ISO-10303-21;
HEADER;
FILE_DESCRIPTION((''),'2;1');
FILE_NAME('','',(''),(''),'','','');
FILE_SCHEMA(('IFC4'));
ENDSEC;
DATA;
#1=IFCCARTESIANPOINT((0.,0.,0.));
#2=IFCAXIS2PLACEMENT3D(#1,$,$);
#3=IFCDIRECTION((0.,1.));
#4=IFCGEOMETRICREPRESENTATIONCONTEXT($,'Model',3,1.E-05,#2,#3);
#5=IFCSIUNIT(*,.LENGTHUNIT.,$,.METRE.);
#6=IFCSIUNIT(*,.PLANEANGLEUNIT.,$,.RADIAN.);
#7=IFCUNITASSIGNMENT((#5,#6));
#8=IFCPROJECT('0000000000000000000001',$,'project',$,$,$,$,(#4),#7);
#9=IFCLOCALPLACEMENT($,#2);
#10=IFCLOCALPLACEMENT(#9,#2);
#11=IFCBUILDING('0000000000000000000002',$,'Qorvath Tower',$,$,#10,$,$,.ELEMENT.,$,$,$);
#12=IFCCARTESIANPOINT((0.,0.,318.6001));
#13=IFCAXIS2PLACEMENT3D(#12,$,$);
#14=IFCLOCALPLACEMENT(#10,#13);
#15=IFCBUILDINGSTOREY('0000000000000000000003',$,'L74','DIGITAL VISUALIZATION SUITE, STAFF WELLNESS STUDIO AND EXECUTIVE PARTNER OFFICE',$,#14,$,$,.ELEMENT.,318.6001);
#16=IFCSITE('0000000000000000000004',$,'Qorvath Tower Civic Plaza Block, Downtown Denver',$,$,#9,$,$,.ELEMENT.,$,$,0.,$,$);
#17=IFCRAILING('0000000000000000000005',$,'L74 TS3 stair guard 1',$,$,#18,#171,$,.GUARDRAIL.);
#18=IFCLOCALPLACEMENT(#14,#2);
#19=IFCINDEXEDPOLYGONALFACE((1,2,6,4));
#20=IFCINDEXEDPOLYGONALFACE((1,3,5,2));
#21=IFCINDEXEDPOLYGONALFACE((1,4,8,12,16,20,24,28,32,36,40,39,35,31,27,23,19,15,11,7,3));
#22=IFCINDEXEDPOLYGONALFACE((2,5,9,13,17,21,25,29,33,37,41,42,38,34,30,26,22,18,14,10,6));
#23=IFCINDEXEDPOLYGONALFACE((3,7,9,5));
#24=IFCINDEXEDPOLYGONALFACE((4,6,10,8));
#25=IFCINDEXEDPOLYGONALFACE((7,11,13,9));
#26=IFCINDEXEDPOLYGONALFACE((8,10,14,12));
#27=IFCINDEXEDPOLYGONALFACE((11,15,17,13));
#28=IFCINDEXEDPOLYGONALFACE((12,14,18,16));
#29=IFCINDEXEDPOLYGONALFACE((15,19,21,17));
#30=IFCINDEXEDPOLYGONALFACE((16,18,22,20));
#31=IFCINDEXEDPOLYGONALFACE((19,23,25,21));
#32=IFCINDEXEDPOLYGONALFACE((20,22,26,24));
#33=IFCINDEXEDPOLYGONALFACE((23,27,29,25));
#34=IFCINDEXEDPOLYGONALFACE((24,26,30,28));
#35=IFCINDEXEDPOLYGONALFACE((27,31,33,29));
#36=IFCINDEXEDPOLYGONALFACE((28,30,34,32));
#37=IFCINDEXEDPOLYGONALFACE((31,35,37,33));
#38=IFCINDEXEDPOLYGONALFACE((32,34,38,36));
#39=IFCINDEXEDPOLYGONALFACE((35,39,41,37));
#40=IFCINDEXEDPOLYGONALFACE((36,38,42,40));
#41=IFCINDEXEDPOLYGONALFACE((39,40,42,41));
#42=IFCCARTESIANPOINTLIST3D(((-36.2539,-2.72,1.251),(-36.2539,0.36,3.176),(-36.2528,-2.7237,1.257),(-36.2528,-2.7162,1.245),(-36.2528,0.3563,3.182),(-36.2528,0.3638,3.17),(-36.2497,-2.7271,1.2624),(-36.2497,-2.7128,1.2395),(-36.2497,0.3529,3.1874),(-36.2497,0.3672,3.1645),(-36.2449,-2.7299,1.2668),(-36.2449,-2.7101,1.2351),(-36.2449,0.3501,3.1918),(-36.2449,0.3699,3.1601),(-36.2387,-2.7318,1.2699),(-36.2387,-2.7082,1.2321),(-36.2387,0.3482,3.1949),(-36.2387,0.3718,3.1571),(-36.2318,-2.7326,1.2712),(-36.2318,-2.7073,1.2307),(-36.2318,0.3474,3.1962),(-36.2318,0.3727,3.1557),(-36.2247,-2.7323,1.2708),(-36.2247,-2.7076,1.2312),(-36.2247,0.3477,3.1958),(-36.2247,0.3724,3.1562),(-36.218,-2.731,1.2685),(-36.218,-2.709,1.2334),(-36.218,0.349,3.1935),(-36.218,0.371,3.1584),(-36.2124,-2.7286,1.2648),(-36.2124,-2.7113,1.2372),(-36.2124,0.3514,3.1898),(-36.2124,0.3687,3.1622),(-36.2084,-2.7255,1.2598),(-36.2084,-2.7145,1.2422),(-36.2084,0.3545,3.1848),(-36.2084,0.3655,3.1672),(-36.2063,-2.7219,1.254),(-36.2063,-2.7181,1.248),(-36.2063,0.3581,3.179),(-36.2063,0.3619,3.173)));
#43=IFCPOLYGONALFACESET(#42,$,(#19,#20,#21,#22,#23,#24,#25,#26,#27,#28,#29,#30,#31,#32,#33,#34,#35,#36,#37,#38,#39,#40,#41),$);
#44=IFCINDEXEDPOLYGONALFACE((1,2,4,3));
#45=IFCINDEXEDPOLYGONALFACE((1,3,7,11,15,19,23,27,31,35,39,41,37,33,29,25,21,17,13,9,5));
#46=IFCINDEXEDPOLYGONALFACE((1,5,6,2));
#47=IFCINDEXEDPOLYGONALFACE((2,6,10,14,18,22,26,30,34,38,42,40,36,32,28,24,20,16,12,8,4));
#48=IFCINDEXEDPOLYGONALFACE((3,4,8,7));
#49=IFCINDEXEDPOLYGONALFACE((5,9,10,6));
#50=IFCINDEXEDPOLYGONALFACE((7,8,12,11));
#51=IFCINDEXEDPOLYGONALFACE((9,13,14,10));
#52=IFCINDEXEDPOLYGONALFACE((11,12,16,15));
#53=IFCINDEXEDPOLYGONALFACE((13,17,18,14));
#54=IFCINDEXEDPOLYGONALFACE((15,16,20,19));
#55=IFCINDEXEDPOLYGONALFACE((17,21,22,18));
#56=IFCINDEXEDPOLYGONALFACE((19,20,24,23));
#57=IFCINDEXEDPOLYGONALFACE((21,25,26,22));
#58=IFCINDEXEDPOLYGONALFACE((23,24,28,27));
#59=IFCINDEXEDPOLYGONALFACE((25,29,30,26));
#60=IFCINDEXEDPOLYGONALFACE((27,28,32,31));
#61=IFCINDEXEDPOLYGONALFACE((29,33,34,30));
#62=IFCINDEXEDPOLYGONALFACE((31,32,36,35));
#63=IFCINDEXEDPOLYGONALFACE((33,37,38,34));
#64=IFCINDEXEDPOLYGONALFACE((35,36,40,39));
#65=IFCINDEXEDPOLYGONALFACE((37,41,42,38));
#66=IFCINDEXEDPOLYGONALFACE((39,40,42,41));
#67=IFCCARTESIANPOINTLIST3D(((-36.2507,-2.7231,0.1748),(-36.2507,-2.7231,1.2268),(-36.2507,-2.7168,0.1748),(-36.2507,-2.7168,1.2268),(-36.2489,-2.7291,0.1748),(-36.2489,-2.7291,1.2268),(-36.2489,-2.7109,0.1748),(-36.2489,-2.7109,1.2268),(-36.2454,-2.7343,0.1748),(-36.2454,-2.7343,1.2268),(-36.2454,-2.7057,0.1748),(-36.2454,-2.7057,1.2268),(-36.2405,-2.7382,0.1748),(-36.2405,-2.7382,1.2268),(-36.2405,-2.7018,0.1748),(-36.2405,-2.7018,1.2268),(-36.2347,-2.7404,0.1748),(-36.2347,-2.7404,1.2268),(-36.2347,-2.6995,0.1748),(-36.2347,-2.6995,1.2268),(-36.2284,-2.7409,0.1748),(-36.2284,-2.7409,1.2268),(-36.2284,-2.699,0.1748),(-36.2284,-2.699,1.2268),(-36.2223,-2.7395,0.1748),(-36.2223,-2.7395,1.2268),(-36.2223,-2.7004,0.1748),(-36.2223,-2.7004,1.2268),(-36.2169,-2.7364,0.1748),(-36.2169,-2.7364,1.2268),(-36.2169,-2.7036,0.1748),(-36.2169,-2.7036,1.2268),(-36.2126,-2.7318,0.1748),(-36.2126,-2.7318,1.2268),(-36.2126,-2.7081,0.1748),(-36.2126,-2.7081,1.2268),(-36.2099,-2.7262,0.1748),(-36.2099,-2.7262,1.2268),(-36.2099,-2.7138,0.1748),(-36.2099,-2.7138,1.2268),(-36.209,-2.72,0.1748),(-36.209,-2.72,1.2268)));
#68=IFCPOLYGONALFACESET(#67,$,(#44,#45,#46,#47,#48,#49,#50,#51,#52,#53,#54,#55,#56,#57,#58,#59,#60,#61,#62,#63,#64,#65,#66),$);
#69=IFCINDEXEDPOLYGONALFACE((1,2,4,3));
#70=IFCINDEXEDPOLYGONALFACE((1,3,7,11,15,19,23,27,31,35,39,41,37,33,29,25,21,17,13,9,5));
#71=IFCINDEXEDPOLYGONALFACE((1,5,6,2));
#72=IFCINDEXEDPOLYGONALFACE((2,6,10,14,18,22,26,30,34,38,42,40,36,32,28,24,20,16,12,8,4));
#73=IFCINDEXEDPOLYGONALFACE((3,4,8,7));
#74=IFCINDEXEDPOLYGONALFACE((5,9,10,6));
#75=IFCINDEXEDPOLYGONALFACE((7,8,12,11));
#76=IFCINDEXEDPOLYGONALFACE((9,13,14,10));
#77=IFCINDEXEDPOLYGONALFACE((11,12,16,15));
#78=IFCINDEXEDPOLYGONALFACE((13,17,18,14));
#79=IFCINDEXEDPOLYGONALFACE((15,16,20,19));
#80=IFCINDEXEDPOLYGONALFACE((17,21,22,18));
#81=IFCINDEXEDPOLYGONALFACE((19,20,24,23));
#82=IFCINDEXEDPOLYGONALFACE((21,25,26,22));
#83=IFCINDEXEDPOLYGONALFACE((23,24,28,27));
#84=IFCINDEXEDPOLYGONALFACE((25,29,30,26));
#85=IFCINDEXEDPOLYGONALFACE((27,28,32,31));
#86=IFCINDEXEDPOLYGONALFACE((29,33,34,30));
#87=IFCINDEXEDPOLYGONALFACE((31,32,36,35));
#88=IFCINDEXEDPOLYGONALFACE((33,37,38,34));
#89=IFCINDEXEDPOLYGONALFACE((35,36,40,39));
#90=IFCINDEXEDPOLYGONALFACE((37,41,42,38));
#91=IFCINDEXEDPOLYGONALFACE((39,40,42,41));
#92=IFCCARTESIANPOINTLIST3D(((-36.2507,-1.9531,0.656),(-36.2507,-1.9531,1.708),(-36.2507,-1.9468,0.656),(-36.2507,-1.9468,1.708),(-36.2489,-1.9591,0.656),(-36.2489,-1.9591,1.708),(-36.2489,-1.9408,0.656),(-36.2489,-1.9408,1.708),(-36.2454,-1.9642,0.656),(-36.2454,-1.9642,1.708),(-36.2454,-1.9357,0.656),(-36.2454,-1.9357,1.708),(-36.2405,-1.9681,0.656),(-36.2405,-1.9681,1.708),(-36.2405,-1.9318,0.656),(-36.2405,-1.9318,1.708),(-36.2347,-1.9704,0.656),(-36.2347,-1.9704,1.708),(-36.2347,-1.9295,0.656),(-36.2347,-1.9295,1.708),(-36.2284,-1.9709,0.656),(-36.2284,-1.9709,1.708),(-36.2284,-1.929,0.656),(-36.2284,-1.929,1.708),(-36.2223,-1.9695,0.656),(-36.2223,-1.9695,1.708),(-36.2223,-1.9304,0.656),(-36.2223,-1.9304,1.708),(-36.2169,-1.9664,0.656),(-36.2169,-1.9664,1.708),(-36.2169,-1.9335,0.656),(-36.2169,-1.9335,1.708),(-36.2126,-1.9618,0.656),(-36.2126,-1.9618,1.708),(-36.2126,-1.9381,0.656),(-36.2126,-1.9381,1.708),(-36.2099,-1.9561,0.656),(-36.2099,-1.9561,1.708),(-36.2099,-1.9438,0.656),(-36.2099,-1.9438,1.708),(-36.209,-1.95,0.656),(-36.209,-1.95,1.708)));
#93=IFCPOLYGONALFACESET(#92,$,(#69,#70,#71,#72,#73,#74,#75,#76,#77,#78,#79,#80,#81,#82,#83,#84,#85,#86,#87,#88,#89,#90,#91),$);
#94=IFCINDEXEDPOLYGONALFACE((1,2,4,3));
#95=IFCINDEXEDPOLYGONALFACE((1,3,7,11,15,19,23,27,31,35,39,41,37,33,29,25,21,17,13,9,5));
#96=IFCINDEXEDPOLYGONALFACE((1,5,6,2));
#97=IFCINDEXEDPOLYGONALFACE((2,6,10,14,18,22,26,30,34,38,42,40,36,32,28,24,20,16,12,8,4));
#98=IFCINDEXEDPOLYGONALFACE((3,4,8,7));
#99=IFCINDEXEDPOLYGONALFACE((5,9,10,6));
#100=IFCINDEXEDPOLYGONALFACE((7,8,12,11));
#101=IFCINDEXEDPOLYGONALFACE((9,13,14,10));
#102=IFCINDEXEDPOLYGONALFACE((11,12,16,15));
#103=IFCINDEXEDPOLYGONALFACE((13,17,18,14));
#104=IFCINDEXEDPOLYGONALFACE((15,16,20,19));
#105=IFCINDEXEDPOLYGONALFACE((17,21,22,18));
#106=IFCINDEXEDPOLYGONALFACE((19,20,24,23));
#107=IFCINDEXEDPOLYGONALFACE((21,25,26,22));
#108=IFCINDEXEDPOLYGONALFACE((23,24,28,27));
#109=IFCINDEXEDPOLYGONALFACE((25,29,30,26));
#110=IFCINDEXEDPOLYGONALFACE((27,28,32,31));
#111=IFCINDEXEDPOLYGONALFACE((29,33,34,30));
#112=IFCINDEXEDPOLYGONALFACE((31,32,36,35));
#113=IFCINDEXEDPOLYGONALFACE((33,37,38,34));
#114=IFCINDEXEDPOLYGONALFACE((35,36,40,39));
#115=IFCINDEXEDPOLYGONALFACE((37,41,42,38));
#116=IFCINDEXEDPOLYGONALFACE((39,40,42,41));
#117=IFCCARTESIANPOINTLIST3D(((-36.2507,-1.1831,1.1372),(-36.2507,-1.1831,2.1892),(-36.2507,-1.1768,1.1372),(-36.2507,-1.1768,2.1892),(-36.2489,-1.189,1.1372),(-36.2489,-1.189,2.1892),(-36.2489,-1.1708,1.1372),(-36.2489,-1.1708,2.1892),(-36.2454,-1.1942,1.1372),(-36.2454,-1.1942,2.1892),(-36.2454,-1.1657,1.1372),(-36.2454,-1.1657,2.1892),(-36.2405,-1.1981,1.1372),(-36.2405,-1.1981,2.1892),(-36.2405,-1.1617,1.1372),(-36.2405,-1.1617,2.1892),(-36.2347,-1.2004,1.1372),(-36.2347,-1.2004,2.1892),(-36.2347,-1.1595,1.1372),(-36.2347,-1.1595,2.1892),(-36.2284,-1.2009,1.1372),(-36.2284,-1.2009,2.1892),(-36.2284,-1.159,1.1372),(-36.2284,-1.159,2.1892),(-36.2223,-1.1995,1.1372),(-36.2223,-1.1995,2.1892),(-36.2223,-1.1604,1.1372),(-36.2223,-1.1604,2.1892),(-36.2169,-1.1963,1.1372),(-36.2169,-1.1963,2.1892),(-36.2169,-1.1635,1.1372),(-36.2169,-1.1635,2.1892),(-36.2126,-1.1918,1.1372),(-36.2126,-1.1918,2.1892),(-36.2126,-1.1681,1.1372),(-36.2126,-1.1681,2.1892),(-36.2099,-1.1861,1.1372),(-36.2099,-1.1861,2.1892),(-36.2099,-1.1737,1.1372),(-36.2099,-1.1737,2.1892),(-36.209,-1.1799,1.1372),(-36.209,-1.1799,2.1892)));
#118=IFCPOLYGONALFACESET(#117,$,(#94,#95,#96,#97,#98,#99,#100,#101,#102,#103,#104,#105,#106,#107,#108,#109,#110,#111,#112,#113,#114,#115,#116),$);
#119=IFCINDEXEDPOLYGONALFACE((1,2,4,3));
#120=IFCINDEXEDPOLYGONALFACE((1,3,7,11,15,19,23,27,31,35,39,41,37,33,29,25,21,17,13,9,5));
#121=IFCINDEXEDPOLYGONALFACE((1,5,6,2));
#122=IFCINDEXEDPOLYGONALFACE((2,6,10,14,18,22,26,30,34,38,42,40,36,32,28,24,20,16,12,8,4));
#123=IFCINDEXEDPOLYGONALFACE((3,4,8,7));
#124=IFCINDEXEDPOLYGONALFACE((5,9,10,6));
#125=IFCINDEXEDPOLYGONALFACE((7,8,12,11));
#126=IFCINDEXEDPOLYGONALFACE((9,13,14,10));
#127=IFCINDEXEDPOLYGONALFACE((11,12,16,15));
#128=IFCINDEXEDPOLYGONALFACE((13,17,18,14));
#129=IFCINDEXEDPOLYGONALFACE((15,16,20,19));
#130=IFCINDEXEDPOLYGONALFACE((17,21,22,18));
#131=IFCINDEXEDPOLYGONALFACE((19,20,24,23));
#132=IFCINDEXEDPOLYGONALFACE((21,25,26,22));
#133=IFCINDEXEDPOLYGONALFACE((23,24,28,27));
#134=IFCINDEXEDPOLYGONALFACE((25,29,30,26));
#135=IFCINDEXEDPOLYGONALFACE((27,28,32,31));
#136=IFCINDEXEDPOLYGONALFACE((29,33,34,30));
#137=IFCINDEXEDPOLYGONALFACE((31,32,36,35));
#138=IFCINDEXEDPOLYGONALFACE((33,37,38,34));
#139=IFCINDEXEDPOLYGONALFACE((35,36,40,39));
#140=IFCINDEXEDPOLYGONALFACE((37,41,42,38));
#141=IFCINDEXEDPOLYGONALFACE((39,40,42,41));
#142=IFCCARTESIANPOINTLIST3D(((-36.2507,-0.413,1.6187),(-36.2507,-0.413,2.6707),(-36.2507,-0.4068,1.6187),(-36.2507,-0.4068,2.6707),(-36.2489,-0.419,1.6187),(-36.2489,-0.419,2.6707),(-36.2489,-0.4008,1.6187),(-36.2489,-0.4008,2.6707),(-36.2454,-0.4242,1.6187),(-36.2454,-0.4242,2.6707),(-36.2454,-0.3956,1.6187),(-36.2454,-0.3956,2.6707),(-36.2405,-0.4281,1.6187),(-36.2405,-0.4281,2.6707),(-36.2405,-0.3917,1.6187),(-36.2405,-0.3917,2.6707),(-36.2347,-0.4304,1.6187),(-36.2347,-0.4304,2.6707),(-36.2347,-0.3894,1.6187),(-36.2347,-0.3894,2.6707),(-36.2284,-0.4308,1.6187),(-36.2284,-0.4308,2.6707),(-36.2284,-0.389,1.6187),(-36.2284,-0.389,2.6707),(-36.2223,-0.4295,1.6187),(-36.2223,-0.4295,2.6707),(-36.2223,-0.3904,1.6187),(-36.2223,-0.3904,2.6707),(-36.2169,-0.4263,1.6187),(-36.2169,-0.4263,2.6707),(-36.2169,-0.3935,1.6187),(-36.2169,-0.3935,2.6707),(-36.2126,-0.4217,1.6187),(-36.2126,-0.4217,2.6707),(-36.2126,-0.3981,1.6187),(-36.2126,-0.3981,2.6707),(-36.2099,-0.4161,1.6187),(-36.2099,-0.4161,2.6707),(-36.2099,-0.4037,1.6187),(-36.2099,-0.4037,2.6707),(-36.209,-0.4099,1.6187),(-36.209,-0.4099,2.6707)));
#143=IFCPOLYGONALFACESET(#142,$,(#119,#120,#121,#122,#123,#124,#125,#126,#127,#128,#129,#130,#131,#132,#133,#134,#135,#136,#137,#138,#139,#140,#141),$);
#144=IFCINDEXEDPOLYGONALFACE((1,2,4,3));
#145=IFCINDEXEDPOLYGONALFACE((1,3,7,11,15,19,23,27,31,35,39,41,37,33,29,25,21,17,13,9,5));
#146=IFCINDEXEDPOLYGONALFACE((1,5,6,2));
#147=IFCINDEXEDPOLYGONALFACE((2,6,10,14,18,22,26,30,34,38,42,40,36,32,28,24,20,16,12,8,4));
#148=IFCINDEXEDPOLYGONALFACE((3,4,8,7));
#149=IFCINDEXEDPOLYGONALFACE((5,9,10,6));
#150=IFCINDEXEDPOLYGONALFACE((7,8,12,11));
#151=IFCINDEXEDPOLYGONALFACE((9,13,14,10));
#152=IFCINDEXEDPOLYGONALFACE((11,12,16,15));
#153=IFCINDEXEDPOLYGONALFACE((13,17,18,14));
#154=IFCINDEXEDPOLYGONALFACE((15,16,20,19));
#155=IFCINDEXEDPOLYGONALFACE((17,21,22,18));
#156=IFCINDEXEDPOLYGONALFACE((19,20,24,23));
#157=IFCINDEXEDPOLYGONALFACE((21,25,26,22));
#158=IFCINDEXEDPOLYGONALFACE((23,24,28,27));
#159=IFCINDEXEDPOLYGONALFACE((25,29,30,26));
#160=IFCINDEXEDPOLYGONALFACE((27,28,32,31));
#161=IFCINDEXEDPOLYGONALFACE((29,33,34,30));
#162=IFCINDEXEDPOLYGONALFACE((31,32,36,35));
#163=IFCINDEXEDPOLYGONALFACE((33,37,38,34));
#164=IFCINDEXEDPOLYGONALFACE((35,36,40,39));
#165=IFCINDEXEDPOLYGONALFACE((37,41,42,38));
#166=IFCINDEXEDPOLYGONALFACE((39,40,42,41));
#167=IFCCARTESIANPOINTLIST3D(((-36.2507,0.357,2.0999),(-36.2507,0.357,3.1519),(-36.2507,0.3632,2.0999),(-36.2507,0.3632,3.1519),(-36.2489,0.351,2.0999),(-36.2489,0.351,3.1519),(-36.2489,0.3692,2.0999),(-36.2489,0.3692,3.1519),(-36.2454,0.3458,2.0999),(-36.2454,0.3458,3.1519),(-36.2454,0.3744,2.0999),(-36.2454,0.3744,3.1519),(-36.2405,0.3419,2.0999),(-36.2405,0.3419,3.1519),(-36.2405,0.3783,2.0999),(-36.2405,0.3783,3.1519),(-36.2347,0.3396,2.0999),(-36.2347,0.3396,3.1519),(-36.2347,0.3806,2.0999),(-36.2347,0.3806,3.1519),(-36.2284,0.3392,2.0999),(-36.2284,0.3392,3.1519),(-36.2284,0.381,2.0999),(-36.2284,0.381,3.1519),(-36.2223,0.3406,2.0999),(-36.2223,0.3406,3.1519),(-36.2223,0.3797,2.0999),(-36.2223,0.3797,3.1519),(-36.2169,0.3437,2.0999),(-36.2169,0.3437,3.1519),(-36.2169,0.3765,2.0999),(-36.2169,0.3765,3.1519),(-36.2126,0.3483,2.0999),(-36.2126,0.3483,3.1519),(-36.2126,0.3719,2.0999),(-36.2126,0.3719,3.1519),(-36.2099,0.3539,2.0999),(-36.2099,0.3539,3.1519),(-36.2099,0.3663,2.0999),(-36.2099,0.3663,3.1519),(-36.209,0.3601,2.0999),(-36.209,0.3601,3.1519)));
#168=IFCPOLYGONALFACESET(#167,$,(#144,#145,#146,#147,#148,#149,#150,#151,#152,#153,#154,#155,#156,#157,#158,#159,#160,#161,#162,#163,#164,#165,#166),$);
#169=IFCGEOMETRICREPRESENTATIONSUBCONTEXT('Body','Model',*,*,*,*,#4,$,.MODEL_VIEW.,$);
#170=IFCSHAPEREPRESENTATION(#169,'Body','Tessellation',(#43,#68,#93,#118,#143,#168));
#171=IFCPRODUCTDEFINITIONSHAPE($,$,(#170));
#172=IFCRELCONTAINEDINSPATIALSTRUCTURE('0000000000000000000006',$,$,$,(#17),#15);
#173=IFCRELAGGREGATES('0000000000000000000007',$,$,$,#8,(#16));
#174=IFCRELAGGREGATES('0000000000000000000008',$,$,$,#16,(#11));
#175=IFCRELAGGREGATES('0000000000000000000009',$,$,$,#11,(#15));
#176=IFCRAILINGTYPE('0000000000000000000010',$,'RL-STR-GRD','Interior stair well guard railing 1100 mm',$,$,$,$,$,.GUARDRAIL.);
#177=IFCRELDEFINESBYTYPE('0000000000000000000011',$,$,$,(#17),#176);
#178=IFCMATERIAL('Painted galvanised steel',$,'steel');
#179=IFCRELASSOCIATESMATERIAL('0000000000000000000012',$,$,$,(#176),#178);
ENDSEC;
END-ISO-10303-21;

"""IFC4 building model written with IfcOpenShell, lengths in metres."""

from ifc_helpers import new_model, si_unit, direction, frame, origin, origin_2d, place, context, subcontext, project, spatial, circle, extrude, material, type_object, element, save


model = new_model("IFC4")

# Units and contexts
model_context = context("Model", 3, precision=1e-05, world=origin(), true_north=direction((0.0, 1.0)))
body_context = subcontext(model_context, "Body", "Model", "MODEL_VIEW")
ifc_project = project(units=[si_unit("LENGTHUNIT", "METRE"), si_unit("PLANEANGLEUNIT", "RADIAN")], contexts=[model_context])

# Site, building, storey
site_placement = place(None, origin())
site = spatial("IfcSite", under=ifc_project, at=site_placement, Name="Qorvath Tower Civic Plaza Block, Downtown Denver", CompositionType="ELEMENT", RefElevation=0.0)
building_placement = place(site_placement, origin())
building = spatial("IfcBuilding", under=site, at=building_placement, Name="Qorvath Tower", CompositionType="ELEMENT")
storey_placement = place(building_placement, frame((0.0, 0.0, 318.6001)))
storey = spatial("IfcBuildingStorey", under=building, at=storey_placement, Name="L74", Description="DIGITAL VISUALIZATION SUITE, STAFF WELLNESS STUDIO AND EXECUTIVE PARTNER OFFICE", CompositionType="ELEMENT", Elevation=318.6001)

# Railing
ifc_material_1 = material(Name="Painted galvanised steel", Category="steel")
railing_type_1 = type_object("IfcRailingType", Name="RL-STR-GRD", Description="Interior stair well guard railing 1100 mm", PredefinedType="GUARDRAIL", material=ifc_material_1)
railing_1_placement = place(storey_placement, frame((-36.23, -2.72, 0.1748)))
element("IfcRailing", 1, at=railing_1_placement, inside=storey, type_object=railing_type_1, Name="L74 TS3 stair guard 1", PredefinedType="GUARDRAIL", context=body_context, shape_type="SweptSolid", body=[
    extrude(circle(Radius=0.0239, at=origin_2d()), frame((0.0, 0.0, 1.0762), z_axis=(0.0, 0.847998, 0.529999), x_axis=(-1.0, 0.0, 0.0)), (0.0, 0.0, 1.0), 3.6321),
    extrude(circle(Radius=0.021, at=origin_2d()), origin(), (0.0, 0.0, 1.0), 1.052),
    extrude(circle(Radius=0.021, at=origin_2d()), frame((0.0, 0.77, 0.4812)), (0.0, 0.0, 1.0), 1.052),
    extrude(circle(Radius=0.021, at=origin_2d()), frame((0.0, 1.54, 0.9624)), (0.0, 0.0, 1.0), 1.052),
    extrude(circle(Radius=0.021, at=origin_2d()), frame((0.0, 2.3101, 1.4438)), (0.0, 0.0, 1.0), 1.052),
    extrude(circle(Radius=0.021, at=origin_2d()), frame((0.0, 3.0801, 1.925)), (0.0, 0.0, 1.0), 1.052),
])

save(model, "model.ifc")
